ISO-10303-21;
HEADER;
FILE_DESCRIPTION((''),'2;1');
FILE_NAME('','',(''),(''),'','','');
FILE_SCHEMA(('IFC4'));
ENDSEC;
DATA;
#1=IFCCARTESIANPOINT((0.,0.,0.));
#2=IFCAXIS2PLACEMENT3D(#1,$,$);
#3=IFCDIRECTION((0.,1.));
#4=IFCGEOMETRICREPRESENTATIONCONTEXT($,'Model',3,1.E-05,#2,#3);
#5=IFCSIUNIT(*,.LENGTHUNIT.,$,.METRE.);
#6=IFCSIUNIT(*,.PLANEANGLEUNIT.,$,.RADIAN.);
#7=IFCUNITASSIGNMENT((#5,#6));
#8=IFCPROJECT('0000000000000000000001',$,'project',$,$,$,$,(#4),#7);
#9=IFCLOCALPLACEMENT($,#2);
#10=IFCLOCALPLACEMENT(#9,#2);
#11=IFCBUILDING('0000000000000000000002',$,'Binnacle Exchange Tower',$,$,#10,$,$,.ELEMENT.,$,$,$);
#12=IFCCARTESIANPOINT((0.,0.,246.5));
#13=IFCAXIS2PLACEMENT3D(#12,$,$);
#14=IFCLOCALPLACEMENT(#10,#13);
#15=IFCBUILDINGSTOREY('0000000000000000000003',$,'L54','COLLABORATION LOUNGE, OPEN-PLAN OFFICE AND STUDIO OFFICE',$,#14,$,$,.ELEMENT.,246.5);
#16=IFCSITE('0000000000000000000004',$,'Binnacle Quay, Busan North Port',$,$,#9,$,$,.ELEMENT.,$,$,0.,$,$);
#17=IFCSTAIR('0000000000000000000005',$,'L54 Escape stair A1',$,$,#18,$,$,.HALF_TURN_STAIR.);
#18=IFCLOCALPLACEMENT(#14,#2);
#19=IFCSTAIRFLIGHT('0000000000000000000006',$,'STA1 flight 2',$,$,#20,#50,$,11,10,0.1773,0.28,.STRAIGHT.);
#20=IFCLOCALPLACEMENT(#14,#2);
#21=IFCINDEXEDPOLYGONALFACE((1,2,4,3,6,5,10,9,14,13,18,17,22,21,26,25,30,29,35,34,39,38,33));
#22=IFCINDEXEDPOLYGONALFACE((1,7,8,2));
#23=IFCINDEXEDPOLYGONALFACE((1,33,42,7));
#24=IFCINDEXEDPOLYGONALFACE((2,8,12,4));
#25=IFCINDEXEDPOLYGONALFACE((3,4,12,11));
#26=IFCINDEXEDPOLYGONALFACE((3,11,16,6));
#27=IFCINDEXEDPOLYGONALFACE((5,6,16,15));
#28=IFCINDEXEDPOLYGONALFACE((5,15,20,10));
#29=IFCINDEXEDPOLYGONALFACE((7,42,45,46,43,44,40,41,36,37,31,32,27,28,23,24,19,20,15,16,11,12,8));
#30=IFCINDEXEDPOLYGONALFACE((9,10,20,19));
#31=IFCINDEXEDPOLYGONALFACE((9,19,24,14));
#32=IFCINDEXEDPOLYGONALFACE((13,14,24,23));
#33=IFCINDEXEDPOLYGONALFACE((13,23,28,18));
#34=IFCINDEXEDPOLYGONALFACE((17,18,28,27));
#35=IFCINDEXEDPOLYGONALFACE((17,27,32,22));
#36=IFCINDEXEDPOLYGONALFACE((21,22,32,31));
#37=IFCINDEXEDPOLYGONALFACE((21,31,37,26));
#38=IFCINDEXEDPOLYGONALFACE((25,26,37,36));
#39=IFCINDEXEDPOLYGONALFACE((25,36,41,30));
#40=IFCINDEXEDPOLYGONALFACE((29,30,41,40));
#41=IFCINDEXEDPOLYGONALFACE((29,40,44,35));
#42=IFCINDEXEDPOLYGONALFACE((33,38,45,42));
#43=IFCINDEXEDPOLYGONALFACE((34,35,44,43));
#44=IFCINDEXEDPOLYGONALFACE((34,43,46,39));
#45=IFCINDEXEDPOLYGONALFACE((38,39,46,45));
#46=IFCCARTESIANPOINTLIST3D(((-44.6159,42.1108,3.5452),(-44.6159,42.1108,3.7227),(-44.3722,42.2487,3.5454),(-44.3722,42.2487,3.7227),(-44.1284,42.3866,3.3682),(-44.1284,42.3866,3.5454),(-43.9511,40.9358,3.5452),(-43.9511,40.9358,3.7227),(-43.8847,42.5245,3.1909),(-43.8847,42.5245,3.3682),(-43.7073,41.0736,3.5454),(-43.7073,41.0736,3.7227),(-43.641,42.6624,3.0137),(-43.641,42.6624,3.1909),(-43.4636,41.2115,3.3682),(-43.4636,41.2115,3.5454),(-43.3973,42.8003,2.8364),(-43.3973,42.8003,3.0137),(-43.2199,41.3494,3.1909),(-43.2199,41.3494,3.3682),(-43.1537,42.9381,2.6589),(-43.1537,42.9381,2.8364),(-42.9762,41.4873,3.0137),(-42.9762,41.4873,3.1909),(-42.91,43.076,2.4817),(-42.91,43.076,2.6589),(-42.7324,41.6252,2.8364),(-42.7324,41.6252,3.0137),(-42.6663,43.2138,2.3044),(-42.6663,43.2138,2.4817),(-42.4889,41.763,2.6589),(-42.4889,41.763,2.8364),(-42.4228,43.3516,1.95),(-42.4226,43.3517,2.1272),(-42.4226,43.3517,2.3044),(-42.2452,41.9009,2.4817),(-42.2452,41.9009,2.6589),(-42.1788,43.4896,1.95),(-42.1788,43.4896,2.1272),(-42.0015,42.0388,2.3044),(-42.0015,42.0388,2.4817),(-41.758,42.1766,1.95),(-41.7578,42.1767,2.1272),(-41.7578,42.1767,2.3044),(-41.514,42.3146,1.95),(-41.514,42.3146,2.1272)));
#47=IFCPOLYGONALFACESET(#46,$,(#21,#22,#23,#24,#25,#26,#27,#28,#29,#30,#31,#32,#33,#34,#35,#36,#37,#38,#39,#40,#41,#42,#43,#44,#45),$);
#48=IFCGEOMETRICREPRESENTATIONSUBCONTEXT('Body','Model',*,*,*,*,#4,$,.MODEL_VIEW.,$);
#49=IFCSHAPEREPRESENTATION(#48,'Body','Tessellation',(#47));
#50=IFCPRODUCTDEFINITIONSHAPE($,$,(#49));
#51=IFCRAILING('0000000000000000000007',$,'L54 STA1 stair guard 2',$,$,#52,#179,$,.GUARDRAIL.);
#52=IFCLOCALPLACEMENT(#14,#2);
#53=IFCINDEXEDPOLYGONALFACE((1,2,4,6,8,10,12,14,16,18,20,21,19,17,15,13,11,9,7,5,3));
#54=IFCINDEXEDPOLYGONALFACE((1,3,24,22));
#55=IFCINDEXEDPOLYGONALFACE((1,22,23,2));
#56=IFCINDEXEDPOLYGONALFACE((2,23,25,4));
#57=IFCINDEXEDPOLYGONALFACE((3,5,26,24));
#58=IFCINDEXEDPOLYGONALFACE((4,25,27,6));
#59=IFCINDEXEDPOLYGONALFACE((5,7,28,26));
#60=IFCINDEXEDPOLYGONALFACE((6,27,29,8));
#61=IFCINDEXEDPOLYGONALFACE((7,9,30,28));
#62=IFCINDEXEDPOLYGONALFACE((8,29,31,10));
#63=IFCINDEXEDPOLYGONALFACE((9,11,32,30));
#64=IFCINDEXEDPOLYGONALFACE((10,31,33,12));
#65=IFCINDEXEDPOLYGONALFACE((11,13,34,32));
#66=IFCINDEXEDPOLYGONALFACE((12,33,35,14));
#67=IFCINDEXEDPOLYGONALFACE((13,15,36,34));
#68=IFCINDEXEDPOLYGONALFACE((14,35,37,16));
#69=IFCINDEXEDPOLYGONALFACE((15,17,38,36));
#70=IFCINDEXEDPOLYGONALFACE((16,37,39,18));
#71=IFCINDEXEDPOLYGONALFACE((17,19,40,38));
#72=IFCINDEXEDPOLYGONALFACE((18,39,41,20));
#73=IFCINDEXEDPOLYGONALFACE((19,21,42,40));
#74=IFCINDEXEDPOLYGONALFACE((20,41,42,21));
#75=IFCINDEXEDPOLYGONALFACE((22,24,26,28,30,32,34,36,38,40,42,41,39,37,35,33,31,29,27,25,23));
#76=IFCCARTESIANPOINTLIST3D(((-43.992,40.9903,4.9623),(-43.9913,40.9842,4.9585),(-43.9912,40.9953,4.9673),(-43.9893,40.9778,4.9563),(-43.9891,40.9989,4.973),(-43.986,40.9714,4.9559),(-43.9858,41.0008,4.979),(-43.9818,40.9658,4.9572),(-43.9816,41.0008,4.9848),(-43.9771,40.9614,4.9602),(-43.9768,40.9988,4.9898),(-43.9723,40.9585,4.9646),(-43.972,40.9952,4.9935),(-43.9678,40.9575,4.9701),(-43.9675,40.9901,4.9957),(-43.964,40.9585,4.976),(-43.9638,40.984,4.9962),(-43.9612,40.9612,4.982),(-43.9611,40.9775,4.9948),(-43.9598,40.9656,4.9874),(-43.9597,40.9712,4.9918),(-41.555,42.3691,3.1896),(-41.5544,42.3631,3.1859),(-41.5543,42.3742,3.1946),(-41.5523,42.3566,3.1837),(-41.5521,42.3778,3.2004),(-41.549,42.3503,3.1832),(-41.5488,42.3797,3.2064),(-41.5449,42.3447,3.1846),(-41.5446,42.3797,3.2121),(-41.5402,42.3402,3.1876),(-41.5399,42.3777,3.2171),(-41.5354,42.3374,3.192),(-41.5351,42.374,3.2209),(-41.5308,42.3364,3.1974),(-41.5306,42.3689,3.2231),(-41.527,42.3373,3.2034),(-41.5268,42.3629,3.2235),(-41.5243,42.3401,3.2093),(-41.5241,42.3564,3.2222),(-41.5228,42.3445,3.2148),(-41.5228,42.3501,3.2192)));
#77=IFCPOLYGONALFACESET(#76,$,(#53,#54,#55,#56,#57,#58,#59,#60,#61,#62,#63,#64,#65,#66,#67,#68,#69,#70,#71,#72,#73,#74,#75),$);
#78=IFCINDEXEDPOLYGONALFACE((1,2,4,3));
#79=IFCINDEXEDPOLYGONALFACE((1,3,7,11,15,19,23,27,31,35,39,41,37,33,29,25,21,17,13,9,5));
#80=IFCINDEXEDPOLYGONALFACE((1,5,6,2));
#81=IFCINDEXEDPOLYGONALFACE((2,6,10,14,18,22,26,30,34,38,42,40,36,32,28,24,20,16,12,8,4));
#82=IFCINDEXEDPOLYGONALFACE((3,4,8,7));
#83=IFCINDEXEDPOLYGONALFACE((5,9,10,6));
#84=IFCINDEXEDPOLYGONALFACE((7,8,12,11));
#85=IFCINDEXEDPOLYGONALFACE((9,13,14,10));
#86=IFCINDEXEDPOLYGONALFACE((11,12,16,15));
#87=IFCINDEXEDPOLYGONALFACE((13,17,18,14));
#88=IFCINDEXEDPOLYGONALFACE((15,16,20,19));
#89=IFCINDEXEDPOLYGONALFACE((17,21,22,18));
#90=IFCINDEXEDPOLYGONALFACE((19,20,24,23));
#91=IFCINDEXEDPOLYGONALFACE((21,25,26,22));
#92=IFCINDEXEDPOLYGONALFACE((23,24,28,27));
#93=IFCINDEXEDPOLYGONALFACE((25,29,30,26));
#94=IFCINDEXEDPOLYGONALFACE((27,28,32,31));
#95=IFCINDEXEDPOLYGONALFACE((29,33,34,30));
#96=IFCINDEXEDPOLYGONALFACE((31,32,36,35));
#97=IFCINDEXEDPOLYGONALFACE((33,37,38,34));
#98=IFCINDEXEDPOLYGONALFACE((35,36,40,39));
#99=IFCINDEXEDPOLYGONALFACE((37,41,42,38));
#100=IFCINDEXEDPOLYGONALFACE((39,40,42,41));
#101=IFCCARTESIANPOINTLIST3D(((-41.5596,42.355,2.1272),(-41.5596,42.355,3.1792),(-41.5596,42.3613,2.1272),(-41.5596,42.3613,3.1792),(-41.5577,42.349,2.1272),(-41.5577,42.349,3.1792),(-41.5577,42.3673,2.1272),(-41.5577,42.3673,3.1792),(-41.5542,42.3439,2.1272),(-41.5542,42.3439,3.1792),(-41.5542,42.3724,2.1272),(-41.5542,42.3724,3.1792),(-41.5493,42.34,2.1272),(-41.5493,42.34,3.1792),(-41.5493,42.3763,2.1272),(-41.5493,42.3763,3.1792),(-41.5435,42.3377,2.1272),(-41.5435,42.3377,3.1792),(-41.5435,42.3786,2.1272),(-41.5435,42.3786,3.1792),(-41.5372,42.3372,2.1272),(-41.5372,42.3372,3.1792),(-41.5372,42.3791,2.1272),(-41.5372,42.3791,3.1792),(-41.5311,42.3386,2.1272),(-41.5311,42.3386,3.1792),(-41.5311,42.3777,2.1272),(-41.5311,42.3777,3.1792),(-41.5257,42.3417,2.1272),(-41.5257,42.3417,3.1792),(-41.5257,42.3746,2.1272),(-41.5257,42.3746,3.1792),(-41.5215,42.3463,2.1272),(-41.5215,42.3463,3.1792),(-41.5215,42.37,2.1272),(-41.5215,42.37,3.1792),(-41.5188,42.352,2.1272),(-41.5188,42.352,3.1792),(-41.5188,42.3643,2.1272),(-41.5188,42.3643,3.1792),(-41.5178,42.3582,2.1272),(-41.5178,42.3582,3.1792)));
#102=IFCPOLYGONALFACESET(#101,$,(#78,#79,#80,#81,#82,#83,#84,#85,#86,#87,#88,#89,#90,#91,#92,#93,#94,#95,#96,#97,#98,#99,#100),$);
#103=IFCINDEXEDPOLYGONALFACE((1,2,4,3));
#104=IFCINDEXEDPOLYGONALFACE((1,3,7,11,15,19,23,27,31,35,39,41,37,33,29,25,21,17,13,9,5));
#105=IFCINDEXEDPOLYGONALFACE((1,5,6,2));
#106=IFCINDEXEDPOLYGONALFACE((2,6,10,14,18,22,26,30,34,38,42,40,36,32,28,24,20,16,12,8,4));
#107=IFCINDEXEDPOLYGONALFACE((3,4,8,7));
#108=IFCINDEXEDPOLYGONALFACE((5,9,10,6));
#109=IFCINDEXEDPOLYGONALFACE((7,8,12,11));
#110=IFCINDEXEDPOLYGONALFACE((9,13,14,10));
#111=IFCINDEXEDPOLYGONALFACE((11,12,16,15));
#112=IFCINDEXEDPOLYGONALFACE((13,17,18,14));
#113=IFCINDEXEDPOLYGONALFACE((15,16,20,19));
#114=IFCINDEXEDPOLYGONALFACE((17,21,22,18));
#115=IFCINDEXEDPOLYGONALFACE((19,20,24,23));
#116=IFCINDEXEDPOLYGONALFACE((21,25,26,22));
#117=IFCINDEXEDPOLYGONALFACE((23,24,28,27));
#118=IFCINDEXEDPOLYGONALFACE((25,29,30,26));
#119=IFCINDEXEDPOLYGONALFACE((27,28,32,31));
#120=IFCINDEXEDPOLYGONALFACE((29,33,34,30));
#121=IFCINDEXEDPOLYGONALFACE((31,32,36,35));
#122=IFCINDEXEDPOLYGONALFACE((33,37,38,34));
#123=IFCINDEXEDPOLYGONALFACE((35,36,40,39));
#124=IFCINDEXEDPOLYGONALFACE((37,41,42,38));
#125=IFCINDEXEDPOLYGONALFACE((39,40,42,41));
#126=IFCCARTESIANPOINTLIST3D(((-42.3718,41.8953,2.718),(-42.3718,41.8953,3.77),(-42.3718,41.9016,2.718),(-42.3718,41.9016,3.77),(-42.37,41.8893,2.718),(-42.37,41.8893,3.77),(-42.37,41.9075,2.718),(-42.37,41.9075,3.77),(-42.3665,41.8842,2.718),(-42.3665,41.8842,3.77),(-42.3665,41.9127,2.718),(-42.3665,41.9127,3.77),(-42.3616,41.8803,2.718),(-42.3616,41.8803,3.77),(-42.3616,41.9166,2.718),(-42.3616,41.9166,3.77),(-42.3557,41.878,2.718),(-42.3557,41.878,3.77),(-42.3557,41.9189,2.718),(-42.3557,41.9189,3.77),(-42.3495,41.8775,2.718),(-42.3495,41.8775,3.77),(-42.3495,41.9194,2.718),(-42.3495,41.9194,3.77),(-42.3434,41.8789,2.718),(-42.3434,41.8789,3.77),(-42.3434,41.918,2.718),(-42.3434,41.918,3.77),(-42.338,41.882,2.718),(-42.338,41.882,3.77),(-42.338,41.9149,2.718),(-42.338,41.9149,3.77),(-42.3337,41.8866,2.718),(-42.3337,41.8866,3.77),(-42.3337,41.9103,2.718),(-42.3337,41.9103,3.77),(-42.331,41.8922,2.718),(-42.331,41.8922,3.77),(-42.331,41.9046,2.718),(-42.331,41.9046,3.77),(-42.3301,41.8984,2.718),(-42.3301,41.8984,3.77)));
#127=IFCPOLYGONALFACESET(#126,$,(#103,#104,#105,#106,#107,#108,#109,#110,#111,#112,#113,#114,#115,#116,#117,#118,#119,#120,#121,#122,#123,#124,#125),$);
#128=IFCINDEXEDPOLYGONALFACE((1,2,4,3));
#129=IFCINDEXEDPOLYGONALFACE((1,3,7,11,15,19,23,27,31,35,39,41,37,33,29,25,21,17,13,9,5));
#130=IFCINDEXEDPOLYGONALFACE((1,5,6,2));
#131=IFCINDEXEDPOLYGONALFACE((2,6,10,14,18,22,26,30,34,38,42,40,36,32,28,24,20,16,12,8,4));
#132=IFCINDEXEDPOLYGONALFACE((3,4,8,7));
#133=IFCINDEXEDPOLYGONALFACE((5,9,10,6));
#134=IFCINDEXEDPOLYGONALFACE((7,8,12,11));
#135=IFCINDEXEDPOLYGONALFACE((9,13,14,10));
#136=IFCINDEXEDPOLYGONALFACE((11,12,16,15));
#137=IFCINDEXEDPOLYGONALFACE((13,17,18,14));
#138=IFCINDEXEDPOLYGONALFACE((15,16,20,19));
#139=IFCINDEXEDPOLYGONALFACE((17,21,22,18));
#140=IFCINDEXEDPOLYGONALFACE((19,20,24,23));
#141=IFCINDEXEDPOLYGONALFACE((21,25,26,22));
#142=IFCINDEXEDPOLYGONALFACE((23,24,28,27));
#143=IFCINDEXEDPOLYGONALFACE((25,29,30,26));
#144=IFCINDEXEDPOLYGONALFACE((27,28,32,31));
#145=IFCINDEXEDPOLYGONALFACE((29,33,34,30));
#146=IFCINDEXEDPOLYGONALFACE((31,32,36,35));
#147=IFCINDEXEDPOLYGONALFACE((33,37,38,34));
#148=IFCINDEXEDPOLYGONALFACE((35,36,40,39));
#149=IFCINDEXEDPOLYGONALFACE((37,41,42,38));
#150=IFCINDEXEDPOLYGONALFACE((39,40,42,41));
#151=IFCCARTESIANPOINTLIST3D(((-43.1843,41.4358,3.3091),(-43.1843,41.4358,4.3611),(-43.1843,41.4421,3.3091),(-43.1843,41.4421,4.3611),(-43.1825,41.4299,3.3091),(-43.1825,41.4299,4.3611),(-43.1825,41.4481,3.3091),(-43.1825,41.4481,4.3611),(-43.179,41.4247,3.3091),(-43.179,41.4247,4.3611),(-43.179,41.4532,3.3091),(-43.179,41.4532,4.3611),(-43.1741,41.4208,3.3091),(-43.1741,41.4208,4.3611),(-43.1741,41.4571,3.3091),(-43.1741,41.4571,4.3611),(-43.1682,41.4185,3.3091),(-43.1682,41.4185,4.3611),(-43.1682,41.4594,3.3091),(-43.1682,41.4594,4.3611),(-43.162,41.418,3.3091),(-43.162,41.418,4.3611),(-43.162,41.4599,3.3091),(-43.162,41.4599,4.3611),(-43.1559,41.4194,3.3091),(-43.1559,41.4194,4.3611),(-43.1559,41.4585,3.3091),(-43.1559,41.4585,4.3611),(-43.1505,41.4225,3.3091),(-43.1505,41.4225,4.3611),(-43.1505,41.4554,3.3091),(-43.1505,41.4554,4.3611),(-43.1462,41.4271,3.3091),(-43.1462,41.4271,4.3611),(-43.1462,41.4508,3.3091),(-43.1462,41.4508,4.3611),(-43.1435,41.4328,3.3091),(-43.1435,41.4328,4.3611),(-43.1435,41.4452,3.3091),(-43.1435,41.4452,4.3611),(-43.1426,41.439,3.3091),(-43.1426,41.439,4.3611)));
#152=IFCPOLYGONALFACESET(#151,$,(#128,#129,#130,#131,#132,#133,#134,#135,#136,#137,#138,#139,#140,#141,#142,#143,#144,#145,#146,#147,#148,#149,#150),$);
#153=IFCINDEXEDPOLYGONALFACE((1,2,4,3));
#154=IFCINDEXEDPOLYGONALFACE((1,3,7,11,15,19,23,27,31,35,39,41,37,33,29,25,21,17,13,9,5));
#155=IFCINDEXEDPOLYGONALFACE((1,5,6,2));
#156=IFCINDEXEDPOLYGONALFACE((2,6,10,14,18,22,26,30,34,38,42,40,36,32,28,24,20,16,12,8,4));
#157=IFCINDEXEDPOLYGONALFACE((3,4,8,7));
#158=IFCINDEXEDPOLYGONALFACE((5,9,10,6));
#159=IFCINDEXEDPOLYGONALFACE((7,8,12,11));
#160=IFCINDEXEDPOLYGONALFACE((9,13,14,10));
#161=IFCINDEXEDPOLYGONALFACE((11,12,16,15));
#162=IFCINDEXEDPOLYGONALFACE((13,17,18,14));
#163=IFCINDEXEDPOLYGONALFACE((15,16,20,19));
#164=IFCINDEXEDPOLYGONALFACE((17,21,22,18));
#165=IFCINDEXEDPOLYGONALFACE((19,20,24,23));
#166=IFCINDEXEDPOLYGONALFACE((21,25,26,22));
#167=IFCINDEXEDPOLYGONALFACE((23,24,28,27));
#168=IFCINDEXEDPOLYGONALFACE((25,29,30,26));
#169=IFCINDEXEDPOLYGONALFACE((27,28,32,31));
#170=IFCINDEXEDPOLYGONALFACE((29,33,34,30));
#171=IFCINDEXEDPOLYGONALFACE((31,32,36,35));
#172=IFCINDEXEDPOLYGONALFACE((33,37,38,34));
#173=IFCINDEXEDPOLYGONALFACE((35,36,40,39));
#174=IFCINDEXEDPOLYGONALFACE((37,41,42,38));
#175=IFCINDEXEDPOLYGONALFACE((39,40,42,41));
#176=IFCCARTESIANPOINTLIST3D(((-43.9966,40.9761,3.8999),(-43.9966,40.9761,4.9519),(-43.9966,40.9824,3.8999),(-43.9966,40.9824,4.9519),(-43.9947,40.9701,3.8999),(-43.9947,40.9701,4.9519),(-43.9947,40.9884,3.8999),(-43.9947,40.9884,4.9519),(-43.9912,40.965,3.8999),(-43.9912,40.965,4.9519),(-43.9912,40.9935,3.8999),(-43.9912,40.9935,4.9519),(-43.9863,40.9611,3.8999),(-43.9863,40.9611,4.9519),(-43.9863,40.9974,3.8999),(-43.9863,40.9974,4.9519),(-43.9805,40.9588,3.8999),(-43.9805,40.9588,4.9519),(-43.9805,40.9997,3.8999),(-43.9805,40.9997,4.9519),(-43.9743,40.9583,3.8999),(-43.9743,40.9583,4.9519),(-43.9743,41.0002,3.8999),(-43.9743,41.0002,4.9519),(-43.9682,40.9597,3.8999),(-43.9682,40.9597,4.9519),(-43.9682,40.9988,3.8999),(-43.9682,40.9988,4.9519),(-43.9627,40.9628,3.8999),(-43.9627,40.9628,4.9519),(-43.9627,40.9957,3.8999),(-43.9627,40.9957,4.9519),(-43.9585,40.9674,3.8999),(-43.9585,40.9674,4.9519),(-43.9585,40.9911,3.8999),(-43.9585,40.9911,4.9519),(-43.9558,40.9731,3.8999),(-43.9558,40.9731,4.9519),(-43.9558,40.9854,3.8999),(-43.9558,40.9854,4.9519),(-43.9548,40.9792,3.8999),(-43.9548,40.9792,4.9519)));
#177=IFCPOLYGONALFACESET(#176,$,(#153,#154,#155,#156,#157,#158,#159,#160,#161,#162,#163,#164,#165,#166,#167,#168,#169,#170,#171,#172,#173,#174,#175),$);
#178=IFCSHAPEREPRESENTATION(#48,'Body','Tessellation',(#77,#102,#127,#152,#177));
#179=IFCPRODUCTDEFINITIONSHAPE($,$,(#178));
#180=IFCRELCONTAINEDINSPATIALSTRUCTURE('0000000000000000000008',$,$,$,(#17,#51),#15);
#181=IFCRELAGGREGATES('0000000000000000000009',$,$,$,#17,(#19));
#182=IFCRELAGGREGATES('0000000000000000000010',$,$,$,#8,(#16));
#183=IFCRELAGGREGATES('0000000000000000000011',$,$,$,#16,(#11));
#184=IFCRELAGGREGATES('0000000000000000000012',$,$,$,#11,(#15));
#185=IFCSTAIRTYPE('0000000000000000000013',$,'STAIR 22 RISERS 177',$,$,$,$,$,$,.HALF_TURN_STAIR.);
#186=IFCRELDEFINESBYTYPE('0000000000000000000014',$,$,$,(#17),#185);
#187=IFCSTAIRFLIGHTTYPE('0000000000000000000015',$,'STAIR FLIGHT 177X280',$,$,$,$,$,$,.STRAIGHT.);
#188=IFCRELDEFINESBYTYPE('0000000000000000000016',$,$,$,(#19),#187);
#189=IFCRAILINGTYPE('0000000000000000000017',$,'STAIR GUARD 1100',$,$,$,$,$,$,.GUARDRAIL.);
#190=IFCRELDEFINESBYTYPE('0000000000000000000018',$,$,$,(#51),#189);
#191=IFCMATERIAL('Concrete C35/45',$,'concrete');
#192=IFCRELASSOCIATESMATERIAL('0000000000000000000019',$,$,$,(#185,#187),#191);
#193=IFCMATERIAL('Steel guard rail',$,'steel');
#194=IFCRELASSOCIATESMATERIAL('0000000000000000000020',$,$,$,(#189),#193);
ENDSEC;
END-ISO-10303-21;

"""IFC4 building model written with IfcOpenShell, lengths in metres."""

from ifc_helpers import new_model, si_unit, direction, frame, origin, origin_2d, place, context, subcontext, project, spatial, polyline, circle, outline, extrude, material, type_object, element, aggregate, save


model = new_model("IFC4")

# Units and contexts
model_context = context("Model", 3, precision=1e-05, world=origin(), true_north=direction((0.0, 1.0)))
body_context = subcontext(model_context, "Body", "Model", "MODEL_VIEW")
ifc_project = project(units=[si_unit("LENGTHUNIT", "METRE"), si_unit("PLANEANGLEUNIT", "RADIAN")], contexts=[model_context])

# Site, building, storey
site_placement = place(None, origin())
site = spatial("IfcSite", under=ifc_project, at=site_placement, Name="Binnacle Quay, Busan North Port", CompositionType="ELEMENT", RefElevation=0.0)
building_placement = place(site_placement, origin())
building = spatial("IfcBuilding", under=site, at=building_placement, Name="Binnacle Exchange Tower", CompositionType="ELEMENT")
storey_placement = place(building_placement, frame((0.0, 0.0, 246.5)))
storey = spatial("IfcBuildingStorey", under=building, at=storey_placement, Name="L54", Description="COLLABORATION LOUNGE, OPEN-PLAN OFFICE AND STUDIO OFFICE", CompositionType="ELEMENT", Elevation=246.5)

# Stair, stair flight
ifc_material_1 = material(Name="Concrete C35/45", Category="concrete")
stair_type = type_object("IfcStairType", Name="STAIR 22 RISERS 177", PredefinedType="HALF_TURN_STAIR", material=ifc_material_1)
stair_placement = place(storey_placement, origin())
stair = element("IfcStair", 1, at=stair_placement, inside=storey, type_object=stair_type, Name="L54 Escape stair A1", PredefinedType="HALF_TURN_STAIR")
stair_flight_type = type_object("IfcStairFlightType", Name="STAIR FLIGHT 177X280", PredefinedType="STRAIGHT", material=ifc_material_1)
stair_flight_placement = place(storey_placement, frame((-41.8464, 42.9021, 1.95), z_axis=(0.0, 0.0, 1.0), x_axis=(-0.870356, -0.492424, 0.0)))
stair_flight = element("IfcStairFlight", 2, at=stair_flight_placement, type_object=stair_flight_type, Name="STA1 flight 2", NumberOfRisers=11, NumberOfTreads=10, PredefinedType="STRAIGHT", RiserHeight=0.1773, TreadLength=0.28, context=body_context, shape_type="SweptSolid", body=[
    extrude(outline(polyline([(0.0, 0.0), (0.0, 0.1772), (0.28, 0.1772), (0.28, 0.3545), (0.5601, 0.3545), (0.5601, 0.5317), (0.8401, 0.5317), (0.8401, 0.709), (1.1201, 0.709), (1.1201, 0.8865), (1.3999, 0.8865), (1.3999, 1.0637), (1.6799, 1.0637), (1.6799, 1.241), (1.96, 1.241), (1.96, 1.4182), (2.24, 1.4182), (2.24, 1.5955), (2.52, 1.5955), (2.52, 1.7727), (2.8, 1.7727), (2.8, 1.95), (2.8, 1.5952), (0.2803, 0.0), (0.0, 0.0)])), frame((0.0, 0.675, 0.0), z_axis=(0.0, -1.0, 0.0), x_axis=(1.0, 0.0, 0.0)), (0.0, 0.0, 1.0), 1.3501),
])
aggregate(stair, [stair_flight])

# Railing
ifc_material_2 = material(Name="Steel guard rail", Category="steel")
railing_type = type_object("IfcRailingType", Name="STAIR GUARD 1100", PredefinedType="GUARDRAIL", material=ifc_material_2)
railing_1_placement = place(storey_placement, frame((-41.5388, 42.3582, 2.1272)))
element("IfcRailing", 3, at=railing_1_placement, inside=storey, type_object=railing_type, Name="L54 STA1 stair guard 2", PredefinedType="GUARDRAIL", context=body_context, shape_type="SweptSolid", body=[
    extrude(circle(Radius=0.0239, at=origin_2d()), frame((0.0, 0.0, 1.0762), z_axis=(-0.735359, -0.41608, 0.534907), x_axis=(0.492454, -0.870339, 0.0)), (0.0, 0.0, 1.0), 3.314),
    extrude(circle(Radius=0.021, at=origin_2d()), origin(), (0.0, 0.0, 1.0), 1.052),
    extrude(circle(Radius=0.021, at=origin_2d()), frame((-0.8123, -0.4597, 0.5908)), (0.0, 0.0, 1.0), 1.052),
    extrude(circle(Radius=0.021, at=origin_2d()), frame((-1.6248, -0.9192, 1.1819)), (0.0, 0.0, 1.0), 1.052),
    extrude(circle(Radius=0.021, at=origin_2d()), frame((-2.437, -1.3789, 1.7727)), (0.0, 0.0, 1.0), 1.052),
])

save(model, "model.ifc")
